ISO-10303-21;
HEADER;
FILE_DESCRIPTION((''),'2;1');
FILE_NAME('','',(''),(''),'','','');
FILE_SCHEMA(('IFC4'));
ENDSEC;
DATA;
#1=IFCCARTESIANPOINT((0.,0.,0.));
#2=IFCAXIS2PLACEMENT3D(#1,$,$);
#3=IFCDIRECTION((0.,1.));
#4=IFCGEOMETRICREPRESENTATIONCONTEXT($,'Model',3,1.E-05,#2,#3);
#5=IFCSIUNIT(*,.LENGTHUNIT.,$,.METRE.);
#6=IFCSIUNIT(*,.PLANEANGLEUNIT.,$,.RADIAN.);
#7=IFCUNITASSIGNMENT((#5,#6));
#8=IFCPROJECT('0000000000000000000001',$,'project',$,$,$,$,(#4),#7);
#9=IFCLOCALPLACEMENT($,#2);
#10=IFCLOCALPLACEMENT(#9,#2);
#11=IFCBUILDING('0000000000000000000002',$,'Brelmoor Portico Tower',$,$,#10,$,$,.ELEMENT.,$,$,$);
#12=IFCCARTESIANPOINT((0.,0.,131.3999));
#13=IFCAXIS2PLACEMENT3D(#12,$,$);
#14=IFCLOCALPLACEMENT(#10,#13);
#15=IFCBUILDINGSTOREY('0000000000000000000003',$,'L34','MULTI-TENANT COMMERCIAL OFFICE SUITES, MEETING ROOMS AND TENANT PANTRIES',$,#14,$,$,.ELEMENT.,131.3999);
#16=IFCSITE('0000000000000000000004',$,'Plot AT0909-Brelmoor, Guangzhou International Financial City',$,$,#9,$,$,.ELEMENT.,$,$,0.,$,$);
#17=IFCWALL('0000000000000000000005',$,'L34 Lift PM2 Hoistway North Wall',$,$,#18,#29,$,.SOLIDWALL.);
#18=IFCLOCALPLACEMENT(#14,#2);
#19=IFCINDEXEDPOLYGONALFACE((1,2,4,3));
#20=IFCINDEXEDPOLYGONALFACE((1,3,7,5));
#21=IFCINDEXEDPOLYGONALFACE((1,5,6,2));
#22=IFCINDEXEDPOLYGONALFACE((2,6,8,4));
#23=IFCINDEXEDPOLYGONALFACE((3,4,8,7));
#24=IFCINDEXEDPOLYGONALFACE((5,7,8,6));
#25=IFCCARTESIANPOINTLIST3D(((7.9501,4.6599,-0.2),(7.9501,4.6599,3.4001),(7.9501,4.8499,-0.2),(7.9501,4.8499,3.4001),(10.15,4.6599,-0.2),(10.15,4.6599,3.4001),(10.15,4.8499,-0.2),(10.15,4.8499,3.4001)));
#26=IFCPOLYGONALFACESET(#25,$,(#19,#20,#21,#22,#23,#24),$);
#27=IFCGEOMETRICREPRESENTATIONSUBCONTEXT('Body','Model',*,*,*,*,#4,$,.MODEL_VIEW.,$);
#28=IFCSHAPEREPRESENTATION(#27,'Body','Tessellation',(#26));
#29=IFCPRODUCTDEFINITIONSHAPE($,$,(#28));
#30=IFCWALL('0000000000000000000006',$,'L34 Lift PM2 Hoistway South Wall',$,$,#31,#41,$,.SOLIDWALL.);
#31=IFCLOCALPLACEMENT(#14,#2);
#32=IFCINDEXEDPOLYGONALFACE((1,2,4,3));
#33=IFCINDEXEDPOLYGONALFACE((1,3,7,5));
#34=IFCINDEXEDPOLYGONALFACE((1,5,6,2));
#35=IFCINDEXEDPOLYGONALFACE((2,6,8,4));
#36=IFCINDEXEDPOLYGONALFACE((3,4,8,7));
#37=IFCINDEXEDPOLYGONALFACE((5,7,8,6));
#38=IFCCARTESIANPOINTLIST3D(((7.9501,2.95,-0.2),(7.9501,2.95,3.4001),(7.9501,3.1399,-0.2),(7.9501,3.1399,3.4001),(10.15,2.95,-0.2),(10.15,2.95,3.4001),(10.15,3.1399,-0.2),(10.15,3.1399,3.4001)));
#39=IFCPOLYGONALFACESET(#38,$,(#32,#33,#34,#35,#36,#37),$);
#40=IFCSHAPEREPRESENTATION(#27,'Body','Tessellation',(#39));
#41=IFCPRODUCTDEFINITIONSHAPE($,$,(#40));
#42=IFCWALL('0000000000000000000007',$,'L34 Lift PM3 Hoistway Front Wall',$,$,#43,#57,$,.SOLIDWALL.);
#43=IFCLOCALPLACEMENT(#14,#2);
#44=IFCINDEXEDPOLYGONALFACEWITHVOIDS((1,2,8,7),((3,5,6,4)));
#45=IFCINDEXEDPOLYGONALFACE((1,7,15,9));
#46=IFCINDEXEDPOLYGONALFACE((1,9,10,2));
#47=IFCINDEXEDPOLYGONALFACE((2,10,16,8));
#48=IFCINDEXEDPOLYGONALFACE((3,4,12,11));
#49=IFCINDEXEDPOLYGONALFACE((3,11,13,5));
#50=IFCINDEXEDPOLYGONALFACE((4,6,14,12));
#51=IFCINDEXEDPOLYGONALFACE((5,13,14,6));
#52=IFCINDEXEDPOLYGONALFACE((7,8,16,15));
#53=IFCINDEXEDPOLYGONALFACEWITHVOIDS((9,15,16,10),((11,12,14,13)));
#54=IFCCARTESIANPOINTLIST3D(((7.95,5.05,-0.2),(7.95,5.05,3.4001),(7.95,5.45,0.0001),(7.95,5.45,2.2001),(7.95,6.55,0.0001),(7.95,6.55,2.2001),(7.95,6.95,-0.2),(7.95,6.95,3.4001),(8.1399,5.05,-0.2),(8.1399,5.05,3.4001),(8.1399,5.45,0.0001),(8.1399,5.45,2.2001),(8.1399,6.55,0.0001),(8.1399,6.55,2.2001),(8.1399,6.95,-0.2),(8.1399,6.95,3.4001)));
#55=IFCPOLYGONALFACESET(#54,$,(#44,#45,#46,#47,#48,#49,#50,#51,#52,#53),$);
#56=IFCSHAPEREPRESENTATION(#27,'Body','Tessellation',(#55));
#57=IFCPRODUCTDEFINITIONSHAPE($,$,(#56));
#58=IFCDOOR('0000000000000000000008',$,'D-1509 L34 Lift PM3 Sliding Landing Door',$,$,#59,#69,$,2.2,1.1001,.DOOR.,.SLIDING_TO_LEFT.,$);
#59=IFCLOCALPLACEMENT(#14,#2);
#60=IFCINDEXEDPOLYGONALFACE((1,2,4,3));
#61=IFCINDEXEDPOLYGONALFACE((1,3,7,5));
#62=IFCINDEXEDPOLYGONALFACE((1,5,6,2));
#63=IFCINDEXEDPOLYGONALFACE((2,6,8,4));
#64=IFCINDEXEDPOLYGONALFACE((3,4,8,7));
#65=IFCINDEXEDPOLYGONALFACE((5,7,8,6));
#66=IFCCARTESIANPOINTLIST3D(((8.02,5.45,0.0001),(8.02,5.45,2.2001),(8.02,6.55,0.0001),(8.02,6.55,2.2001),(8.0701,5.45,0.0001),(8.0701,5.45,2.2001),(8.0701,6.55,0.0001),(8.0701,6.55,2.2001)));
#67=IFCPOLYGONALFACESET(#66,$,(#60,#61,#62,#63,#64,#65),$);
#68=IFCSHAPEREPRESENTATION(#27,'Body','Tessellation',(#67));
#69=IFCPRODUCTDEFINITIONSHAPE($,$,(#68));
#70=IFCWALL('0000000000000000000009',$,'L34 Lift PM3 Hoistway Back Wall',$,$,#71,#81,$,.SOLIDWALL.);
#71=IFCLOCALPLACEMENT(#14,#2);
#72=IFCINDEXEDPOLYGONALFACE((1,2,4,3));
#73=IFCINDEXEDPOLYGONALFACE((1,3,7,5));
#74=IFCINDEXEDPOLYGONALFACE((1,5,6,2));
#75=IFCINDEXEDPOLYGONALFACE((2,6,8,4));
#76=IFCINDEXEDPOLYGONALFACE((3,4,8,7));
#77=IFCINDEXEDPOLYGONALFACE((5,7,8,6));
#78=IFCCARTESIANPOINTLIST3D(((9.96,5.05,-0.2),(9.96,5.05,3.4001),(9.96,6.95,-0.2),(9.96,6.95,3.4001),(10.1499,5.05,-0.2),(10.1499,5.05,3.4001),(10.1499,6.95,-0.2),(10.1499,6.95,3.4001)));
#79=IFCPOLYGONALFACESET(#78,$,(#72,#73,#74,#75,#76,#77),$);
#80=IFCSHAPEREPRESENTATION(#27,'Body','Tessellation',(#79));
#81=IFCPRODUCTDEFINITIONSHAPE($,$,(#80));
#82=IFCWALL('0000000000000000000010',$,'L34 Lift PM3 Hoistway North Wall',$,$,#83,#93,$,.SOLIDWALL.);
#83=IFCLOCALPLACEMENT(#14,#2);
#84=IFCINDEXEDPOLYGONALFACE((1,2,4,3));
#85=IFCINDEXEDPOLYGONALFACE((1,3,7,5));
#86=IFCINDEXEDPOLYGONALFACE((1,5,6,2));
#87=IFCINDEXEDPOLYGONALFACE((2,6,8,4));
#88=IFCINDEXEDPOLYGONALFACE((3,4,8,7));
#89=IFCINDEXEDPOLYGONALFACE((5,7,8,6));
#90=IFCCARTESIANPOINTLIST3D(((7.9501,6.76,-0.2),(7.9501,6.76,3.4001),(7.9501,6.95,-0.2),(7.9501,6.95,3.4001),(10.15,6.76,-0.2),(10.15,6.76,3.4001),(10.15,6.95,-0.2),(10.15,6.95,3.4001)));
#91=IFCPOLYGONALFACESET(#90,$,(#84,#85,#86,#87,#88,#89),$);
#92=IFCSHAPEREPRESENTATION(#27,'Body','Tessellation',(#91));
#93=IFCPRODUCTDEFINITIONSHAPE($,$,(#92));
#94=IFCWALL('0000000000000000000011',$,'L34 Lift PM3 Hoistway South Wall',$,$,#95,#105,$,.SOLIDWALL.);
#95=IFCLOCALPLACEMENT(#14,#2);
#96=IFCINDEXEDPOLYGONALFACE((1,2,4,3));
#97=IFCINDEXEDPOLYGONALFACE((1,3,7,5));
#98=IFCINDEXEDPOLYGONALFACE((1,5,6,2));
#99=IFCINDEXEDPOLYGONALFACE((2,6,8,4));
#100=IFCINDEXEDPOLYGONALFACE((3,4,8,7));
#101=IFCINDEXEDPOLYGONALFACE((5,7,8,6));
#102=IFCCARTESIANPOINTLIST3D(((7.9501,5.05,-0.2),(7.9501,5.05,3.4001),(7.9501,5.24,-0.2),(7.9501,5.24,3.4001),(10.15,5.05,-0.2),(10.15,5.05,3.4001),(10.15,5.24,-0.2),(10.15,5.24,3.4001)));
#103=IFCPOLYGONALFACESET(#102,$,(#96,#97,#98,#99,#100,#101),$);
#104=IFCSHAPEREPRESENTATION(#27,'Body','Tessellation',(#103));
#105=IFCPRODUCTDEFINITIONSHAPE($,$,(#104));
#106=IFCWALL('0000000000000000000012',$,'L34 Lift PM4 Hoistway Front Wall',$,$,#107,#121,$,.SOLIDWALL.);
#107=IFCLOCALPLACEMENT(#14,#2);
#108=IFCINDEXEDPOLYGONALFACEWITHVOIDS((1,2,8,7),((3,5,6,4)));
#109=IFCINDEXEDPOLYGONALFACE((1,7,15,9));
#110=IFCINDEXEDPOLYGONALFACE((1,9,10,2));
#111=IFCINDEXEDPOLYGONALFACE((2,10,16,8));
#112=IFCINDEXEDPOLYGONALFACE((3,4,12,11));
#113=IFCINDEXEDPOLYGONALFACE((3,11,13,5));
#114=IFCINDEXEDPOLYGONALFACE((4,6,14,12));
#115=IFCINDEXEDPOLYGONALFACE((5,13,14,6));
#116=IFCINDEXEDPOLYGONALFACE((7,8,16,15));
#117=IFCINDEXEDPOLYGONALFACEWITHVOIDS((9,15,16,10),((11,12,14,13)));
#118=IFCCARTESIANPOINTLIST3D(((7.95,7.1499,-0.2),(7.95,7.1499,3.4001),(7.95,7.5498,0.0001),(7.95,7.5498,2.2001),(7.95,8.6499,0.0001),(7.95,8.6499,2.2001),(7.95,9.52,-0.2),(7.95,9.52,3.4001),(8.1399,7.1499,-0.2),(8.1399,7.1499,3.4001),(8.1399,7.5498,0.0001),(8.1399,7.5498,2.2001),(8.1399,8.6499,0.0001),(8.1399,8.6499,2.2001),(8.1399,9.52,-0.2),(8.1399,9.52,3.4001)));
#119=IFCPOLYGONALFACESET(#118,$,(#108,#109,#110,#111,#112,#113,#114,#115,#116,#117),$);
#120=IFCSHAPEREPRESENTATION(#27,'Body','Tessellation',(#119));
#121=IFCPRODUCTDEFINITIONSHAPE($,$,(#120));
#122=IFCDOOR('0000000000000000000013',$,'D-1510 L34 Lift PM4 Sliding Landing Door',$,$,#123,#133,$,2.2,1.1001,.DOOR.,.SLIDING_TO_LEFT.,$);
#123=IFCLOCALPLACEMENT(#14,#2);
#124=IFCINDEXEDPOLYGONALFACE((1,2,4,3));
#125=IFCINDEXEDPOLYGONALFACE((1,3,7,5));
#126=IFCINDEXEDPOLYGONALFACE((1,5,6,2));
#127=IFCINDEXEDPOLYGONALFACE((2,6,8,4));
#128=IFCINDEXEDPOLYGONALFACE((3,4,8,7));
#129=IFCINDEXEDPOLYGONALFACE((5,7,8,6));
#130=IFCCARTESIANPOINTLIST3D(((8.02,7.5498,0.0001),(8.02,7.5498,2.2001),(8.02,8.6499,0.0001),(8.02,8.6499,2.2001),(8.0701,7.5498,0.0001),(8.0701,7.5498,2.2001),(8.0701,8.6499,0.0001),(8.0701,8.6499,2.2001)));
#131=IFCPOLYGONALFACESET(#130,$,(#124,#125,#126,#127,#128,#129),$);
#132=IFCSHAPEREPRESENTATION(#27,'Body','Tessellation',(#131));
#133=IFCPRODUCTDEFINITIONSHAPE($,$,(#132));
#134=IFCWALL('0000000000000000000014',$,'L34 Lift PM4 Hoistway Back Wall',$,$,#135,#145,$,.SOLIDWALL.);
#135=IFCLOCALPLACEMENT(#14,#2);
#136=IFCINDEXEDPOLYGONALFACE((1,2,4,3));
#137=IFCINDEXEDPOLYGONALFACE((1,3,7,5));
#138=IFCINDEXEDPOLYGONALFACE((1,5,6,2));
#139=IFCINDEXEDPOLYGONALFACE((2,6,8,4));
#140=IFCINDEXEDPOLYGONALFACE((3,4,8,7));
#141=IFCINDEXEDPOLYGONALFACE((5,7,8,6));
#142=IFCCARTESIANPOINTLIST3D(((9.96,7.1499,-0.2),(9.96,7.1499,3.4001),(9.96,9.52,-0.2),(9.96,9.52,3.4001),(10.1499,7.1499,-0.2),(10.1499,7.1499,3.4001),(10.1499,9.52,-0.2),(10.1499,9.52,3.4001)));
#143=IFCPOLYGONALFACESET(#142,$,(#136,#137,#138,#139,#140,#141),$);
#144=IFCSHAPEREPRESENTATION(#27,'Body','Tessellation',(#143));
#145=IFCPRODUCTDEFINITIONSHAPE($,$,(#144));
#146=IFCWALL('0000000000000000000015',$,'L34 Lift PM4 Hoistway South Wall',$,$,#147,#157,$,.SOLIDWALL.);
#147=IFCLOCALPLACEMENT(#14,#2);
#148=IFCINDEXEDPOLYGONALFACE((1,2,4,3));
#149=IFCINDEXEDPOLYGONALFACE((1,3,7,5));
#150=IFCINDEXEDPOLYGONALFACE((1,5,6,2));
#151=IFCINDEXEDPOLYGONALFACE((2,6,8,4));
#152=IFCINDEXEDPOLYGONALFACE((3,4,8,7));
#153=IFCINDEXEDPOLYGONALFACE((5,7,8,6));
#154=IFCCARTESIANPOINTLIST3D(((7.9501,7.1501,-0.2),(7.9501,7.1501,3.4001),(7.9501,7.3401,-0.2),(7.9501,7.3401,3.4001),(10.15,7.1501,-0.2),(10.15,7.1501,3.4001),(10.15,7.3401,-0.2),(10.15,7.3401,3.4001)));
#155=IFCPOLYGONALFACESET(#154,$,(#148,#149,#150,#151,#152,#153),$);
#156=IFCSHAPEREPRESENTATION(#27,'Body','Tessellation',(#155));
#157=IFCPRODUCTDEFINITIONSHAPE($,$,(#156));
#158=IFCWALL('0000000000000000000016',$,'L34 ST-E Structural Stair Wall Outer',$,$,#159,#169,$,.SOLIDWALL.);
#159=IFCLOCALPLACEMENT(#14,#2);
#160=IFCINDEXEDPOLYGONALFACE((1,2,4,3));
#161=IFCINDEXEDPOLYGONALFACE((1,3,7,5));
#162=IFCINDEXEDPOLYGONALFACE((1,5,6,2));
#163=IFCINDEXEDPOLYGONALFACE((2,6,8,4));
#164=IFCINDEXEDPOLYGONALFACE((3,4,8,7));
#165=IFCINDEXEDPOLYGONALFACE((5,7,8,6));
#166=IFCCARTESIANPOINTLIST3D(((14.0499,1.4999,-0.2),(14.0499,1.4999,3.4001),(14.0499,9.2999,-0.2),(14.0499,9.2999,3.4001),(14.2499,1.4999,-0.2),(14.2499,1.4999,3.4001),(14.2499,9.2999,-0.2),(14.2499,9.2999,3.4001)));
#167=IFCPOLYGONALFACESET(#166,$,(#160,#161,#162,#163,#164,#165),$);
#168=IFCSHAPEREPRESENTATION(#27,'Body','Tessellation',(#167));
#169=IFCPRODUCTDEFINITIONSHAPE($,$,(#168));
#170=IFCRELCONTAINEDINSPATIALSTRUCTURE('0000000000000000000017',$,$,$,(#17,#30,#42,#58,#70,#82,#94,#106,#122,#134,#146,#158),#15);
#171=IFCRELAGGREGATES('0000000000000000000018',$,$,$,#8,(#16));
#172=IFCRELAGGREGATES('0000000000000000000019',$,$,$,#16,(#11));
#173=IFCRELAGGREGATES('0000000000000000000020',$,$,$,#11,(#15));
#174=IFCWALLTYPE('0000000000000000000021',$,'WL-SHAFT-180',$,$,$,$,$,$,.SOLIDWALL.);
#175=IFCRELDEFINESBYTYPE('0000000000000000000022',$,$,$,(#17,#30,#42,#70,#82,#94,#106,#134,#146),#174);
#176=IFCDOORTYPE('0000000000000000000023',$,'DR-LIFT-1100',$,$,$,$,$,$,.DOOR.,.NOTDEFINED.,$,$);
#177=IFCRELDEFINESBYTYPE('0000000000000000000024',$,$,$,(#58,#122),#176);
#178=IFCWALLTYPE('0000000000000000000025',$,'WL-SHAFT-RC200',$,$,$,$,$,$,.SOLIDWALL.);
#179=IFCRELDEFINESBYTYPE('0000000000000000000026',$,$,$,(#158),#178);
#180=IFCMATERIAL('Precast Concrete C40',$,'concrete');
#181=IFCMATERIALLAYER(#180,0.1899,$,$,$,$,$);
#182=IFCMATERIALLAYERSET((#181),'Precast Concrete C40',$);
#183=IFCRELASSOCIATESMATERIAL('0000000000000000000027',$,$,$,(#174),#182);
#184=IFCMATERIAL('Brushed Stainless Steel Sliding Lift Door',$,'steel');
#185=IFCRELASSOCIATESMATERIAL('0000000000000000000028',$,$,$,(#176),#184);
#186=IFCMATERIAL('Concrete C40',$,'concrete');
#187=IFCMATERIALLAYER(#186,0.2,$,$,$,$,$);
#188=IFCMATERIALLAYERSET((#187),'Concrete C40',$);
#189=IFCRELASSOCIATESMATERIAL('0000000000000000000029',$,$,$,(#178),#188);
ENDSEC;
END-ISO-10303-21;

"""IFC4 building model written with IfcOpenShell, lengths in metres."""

from ifc_helpers import new_model, si_unit, direction, frame, frame_2d, origin, place, context, subcontext, project, spatial, rectangle, extrude, material, layer, layer_set, type_object, element, fill, save


model = new_model("IFC4")

# Units and contexts
model_context = context("Model", 3, precision=1e-05, world=origin(), true_north=direction((0.0, 1.0)))
body_context = subcontext(model_context, "Body", "Model", "MODEL_VIEW")
ifc_project = project(units=[si_unit("LENGTHUNIT", "METRE"), si_unit("PLANEANGLEUNIT", "RADIAN")], contexts=[model_context])

# Site, building, storey
site_placement = place(None, origin())
site = spatial("IfcSite", under=ifc_project, at=site_placement, Name="Plot AT0909-Brelmoor, Guangzhou International Financial City", CompositionType="ELEMENT", RefElevation=0.0)
building_placement = place(site_placement, origin())
building = spatial("IfcBuilding", under=site, at=building_placement, Name="Brelmoor Portico Tower", CompositionType="ELEMENT")
storey_placement = place(building_placement, frame((0.0, 0.0, 131.3999)))
storey = spatial("IfcBuildingStorey", under=building, at=storey_placement, Name="L34", Description="MULTI-TENANT COMMERCIAL OFFICE SUITES, MEETING ROOMS AND TENANT PANTRIES", CompositionType="ELEMENT", Elevation=131.3999)

# Shared definitions
ifc_material_1 = material(Name="Precast Concrete C40", Category="concrete")
ifc_layer_1 = layer(ifc_material_1, 0.1899)
ifc_layer_set_1 = layer_set([ifc_layer_1], Name="Precast Concrete C40")
wall_type_1 = type_object("IfcWallType", Name="WL-SHAFT-180", PredefinedType="SOLIDWALL", material=ifc_layer_set_1)
ifc_material_2 = material(Name="Brushed Stainless Steel Sliding Lift Door", Category="steel")
door_type_1 = type_object("IfcDoorType", Name="DR-LIFT-1100", OperationType="NOTDEFINED", PredefinedType="DOOR", material=ifc_material_2)

# Walls
for number, where, z_axis, x_axis, name in (
    (1, (7.95, 4.7549, -0.2), (0.0, 0.0, 1.0), (1.0, 0.0, 0.0), "L34 Lift PM2 Hoistway North Wall"),
    (2, (7.95, 3.0449, -0.2), (0.0, 0.0, 1.0), (1.0, 0.0, 0.0), "L34 Lift PM2 Hoistway South Wall"),
):
    element("IfcWall", number, at=place(storey_placement, frame(where, z_axis=z_axis, x_axis=x_axis)), inside=storey, type_object=wall_type_1, Name=name, PredefinedType="SOLIDWALL", context=body_context, shape_type="SweptSolid", body=[
        extrude(rectangle(XDim=2.2, YDim=0.1899, at=frame_2d((1.1001, 0.0))), origin(), (0.0, 0.0, 1.0), 3.6001),
    ])

# Wall, opening, door
wall_1_placement = place(storey_placement, frame((8.0449, 5.05, -0.2), z_axis=(0.0, 0.0, 1.0), x_axis=(0.0, 1.0, 0.0)))
wall_1 = element("IfcWall", 3, at=wall_1_placement, inside=storey, type_object=wall_type_1, Name="L34 Lift PM3 Hoistway Front Wall", PredefinedType="SOLIDWALL", context=body_context, shape_type="SweptSolid", body=[
    extrude(rectangle(XDim=1.8999, YDim=0.1899, at=frame_2d((0.95, 0.0))), origin(), (0.0, 0.0, 1.0), 3.6001),
])
opening_1_placement = place(wall_1_placement, frame((0.3999, 0.0, 0.2)))
opening_1 = element("IfcOpeningElement", 4, at=opening_1_placement, cuts=wall_1, PredefinedType="OPENING", context=body_context, shape_type="SweptSolid", body=[
    extrude(rectangle(XDim=1.1001, YDim=2.2, at=frame_2d((0.55, 1.1001))), frame((0.0, 0.105, 0.0), z_axis=(0.0, -1.0, 0.0), x_axis=(1.0, 0.0, 0.0)), (0.0, 0.0, 1.0), 0.21),
])
door_1_placement = place(opening_1_placement, origin())
door_1 = element("IfcDoor", 5, at=door_1_placement, inside=storey, type_object=door_type_1, Name="D-1509 L34 Lift PM3 Sliding Landing Door", OperationType="SLIDING_TO_LEFT", OverallHeight=2.2, OverallWidth=1.1001, PredefinedType="DOOR", context=body_context, shape_type="SweptSolid", body=[
    extrude(rectangle(XDim=1.1001, YDim=2.2, at=frame_2d((0.55, 1.1001))), frame((0.0, 0.0249, 0.0), z_axis=(0.0, -1.0, 0.0), x_axis=(1.0, 0.0, 0.0)), (0.0, 0.0, 1.0), 0.05),
])
fill(opening_1, door_1)

# Walls
wall_2_placement = place(storey_placement, frame((10.0549, 5.05, -0.2), z_axis=(0.0, 0.0, 1.0), x_axis=(0.0, 1.0, 0.0)))
element("IfcWall", 6, at=wall_2_placement, inside=storey, type_object=wall_type_1, Name="L34 Lift PM3 Hoistway Back Wall", PredefinedType="SOLIDWALL", context=body_context, shape_type="SweptSolid", body=[
    extrude(rectangle(XDim=1.8999, YDim=0.1899, at=frame_2d((0.95, 0.0))), origin(), (0.0, 0.0, 1.0), 3.6001),
])
for number, where, z_axis, x_axis, name in (
    (7, (7.95, 6.855, -0.2), (0.0, 0.0, 1.0), (1.0, 0.0, 0.0), "L34 Lift PM3 Hoistway North Wall"),
    (8, (7.95, 5.145, -0.2), (0.0, 0.0, 1.0), (1.0, 0.0, 0.0), "L34 Lift PM3 Hoistway South Wall"),
):
    element("IfcWall", number, at=place(storey_placement, frame(where, z_axis=z_axis, x_axis=x_axis)), inside=storey, type_object=wall_type_1, Name=name, PredefinedType="SOLIDWALL", context=body_context, shape_type="SweptSolid", body=[
        extrude(rectangle(XDim=2.2, YDim=0.1899, at=frame_2d((1.1001, 0.0))), origin(), (0.0, 0.0, 1.0), 3.6001),
    ])

# Wall, opening, door
wall_3_placement = place(storey_placement, frame((8.0449, 7.1499, -0.2), z_axis=(0.0, 0.0, 1.0), x_axis=(0.0, 1.0, 0.0)))
wall_3 = element("IfcWall", 9, at=wall_3_placement, inside=storey, type_object=wall_type_1, Name="L34 Lift PM4 Hoistway Front Wall", PredefinedType="SOLIDWALL", context=body_context, shape_type="SweptSolid", body=[
    extrude(rectangle(XDim=2.3701, YDim=0.1899, at=frame_2d((1.1851, 0.0))), origin(), (0.0, 0.0, 1.0), 3.6001),
])
opening_2_placement = place(wall_3_placement, frame((0.3999, 0.0, 0.2)))
opening_2 = element("IfcOpeningElement", 10, at=opening_2_placement, cuts=wall_3, PredefinedType="OPENING", context=body_context, shape_type="SweptSolid", body=[
    extrude(rectangle(XDim=1.1001, YDim=2.2, at=frame_2d((0.55, 1.1001))), frame((0.0, 0.105, 0.0), z_axis=(0.0, -1.0, 0.0), x_axis=(1.0, 0.0, 0.0)), (0.0, 0.0, 1.0), 0.21),
])
door_2_placement = place(opening_2_placement, origin())
door_2 = element("IfcDoor", 11, at=door_2_placement, inside=storey, type_object=door_type_1, Name="D-1510 L34 Lift PM4 Sliding Landing Door", OperationType="SLIDING_TO_LEFT", OverallHeight=2.2, OverallWidth=1.1001, PredefinedType="DOOR", context=body_context, shape_type="SweptSolid", body=[
    extrude(rectangle(XDim=1.1001, YDim=2.2, at=frame_2d((0.55, 1.1001))), frame((0.0, 0.0249, 0.0), z_axis=(0.0, -1.0, 0.0), x_axis=(1.0, 0.0, 0.0)), (0.0, 0.0, 1.0), 0.05),
])
fill(opening_2, door_2)

# Walls
wall_4_placement = place(storey_placement, frame((10.0549, 7.1499, -0.2), z_axis=(0.0, 0.0, 1.0), x_axis=(0.0, 1.0, 0.0)))
element("IfcWall", 12, at=wall_4_placement, inside=storey, type_object=wall_type_1, Name="L34 Lift PM4 Hoistway Back Wall", PredefinedType="SOLIDWALL", context=body_context, shape_type="SweptSolid", body=[
    extrude(rectangle(XDim=2.3701, YDim=0.1899, at=frame_2d((1.1851, 0.0))), origin(), (0.0, 0.0, 1.0), 3.6001),
])
wall_5_placement = place(storey_placement, frame((7.95, 7.2451, -0.2), z_axis=(0.0, 0.0, 1.0), x_axis=(1.0, 0.0, 0.0)))
element("IfcWall", 13, at=wall_5_placement, inside=storey, type_object=wall_type_1, Name="L34 Lift PM4 Hoistway South Wall", PredefinedType="SOLIDWALL", context=body_context, shape_type="SweptSolid", body=[
    extrude(rectangle(XDim=2.2, YDim=0.1899, at=frame_2d((1.1001, 0.0))), origin(), (0.0, 0.0, 1.0), 3.6001),
])
ifc_material_3 = material(Name="Concrete C40", Category="concrete")
ifc_layer_2 = layer(ifc_material_3, 0.2)
ifc_layer_set_2 = layer_set([ifc_layer_2], Name="Concrete C40")
wall_type_2 = type_object("IfcWallType", Name="WL-SHAFT-RC200", PredefinedType="SOLIDWALL", material=ifc_layer_set_2)
wall_6_placement = place(storey_placement, frame((14.1499, 1.5, -0.2), z_axis=(0.0, 0.0, 1.0), x_axis=(0.0, 1.0, 0.0)))
element("IfcWall", 14, at=wall_6_placement, inside=storey, type_object=wall_type_2, Name="L34 ST-E Structural Stair Wall Outer", PredefinedType="SOLIDWALL", context=body_context, shape_type="SweptSolid", body=[
    extrude(rectangle(XDim=7.8, YDim=0.2, at=frame_2d((3.8999, 0.0))), origin(), (0.0, 0.0, 1.0), 3.6001),
])

save(model, "model.ifc")
